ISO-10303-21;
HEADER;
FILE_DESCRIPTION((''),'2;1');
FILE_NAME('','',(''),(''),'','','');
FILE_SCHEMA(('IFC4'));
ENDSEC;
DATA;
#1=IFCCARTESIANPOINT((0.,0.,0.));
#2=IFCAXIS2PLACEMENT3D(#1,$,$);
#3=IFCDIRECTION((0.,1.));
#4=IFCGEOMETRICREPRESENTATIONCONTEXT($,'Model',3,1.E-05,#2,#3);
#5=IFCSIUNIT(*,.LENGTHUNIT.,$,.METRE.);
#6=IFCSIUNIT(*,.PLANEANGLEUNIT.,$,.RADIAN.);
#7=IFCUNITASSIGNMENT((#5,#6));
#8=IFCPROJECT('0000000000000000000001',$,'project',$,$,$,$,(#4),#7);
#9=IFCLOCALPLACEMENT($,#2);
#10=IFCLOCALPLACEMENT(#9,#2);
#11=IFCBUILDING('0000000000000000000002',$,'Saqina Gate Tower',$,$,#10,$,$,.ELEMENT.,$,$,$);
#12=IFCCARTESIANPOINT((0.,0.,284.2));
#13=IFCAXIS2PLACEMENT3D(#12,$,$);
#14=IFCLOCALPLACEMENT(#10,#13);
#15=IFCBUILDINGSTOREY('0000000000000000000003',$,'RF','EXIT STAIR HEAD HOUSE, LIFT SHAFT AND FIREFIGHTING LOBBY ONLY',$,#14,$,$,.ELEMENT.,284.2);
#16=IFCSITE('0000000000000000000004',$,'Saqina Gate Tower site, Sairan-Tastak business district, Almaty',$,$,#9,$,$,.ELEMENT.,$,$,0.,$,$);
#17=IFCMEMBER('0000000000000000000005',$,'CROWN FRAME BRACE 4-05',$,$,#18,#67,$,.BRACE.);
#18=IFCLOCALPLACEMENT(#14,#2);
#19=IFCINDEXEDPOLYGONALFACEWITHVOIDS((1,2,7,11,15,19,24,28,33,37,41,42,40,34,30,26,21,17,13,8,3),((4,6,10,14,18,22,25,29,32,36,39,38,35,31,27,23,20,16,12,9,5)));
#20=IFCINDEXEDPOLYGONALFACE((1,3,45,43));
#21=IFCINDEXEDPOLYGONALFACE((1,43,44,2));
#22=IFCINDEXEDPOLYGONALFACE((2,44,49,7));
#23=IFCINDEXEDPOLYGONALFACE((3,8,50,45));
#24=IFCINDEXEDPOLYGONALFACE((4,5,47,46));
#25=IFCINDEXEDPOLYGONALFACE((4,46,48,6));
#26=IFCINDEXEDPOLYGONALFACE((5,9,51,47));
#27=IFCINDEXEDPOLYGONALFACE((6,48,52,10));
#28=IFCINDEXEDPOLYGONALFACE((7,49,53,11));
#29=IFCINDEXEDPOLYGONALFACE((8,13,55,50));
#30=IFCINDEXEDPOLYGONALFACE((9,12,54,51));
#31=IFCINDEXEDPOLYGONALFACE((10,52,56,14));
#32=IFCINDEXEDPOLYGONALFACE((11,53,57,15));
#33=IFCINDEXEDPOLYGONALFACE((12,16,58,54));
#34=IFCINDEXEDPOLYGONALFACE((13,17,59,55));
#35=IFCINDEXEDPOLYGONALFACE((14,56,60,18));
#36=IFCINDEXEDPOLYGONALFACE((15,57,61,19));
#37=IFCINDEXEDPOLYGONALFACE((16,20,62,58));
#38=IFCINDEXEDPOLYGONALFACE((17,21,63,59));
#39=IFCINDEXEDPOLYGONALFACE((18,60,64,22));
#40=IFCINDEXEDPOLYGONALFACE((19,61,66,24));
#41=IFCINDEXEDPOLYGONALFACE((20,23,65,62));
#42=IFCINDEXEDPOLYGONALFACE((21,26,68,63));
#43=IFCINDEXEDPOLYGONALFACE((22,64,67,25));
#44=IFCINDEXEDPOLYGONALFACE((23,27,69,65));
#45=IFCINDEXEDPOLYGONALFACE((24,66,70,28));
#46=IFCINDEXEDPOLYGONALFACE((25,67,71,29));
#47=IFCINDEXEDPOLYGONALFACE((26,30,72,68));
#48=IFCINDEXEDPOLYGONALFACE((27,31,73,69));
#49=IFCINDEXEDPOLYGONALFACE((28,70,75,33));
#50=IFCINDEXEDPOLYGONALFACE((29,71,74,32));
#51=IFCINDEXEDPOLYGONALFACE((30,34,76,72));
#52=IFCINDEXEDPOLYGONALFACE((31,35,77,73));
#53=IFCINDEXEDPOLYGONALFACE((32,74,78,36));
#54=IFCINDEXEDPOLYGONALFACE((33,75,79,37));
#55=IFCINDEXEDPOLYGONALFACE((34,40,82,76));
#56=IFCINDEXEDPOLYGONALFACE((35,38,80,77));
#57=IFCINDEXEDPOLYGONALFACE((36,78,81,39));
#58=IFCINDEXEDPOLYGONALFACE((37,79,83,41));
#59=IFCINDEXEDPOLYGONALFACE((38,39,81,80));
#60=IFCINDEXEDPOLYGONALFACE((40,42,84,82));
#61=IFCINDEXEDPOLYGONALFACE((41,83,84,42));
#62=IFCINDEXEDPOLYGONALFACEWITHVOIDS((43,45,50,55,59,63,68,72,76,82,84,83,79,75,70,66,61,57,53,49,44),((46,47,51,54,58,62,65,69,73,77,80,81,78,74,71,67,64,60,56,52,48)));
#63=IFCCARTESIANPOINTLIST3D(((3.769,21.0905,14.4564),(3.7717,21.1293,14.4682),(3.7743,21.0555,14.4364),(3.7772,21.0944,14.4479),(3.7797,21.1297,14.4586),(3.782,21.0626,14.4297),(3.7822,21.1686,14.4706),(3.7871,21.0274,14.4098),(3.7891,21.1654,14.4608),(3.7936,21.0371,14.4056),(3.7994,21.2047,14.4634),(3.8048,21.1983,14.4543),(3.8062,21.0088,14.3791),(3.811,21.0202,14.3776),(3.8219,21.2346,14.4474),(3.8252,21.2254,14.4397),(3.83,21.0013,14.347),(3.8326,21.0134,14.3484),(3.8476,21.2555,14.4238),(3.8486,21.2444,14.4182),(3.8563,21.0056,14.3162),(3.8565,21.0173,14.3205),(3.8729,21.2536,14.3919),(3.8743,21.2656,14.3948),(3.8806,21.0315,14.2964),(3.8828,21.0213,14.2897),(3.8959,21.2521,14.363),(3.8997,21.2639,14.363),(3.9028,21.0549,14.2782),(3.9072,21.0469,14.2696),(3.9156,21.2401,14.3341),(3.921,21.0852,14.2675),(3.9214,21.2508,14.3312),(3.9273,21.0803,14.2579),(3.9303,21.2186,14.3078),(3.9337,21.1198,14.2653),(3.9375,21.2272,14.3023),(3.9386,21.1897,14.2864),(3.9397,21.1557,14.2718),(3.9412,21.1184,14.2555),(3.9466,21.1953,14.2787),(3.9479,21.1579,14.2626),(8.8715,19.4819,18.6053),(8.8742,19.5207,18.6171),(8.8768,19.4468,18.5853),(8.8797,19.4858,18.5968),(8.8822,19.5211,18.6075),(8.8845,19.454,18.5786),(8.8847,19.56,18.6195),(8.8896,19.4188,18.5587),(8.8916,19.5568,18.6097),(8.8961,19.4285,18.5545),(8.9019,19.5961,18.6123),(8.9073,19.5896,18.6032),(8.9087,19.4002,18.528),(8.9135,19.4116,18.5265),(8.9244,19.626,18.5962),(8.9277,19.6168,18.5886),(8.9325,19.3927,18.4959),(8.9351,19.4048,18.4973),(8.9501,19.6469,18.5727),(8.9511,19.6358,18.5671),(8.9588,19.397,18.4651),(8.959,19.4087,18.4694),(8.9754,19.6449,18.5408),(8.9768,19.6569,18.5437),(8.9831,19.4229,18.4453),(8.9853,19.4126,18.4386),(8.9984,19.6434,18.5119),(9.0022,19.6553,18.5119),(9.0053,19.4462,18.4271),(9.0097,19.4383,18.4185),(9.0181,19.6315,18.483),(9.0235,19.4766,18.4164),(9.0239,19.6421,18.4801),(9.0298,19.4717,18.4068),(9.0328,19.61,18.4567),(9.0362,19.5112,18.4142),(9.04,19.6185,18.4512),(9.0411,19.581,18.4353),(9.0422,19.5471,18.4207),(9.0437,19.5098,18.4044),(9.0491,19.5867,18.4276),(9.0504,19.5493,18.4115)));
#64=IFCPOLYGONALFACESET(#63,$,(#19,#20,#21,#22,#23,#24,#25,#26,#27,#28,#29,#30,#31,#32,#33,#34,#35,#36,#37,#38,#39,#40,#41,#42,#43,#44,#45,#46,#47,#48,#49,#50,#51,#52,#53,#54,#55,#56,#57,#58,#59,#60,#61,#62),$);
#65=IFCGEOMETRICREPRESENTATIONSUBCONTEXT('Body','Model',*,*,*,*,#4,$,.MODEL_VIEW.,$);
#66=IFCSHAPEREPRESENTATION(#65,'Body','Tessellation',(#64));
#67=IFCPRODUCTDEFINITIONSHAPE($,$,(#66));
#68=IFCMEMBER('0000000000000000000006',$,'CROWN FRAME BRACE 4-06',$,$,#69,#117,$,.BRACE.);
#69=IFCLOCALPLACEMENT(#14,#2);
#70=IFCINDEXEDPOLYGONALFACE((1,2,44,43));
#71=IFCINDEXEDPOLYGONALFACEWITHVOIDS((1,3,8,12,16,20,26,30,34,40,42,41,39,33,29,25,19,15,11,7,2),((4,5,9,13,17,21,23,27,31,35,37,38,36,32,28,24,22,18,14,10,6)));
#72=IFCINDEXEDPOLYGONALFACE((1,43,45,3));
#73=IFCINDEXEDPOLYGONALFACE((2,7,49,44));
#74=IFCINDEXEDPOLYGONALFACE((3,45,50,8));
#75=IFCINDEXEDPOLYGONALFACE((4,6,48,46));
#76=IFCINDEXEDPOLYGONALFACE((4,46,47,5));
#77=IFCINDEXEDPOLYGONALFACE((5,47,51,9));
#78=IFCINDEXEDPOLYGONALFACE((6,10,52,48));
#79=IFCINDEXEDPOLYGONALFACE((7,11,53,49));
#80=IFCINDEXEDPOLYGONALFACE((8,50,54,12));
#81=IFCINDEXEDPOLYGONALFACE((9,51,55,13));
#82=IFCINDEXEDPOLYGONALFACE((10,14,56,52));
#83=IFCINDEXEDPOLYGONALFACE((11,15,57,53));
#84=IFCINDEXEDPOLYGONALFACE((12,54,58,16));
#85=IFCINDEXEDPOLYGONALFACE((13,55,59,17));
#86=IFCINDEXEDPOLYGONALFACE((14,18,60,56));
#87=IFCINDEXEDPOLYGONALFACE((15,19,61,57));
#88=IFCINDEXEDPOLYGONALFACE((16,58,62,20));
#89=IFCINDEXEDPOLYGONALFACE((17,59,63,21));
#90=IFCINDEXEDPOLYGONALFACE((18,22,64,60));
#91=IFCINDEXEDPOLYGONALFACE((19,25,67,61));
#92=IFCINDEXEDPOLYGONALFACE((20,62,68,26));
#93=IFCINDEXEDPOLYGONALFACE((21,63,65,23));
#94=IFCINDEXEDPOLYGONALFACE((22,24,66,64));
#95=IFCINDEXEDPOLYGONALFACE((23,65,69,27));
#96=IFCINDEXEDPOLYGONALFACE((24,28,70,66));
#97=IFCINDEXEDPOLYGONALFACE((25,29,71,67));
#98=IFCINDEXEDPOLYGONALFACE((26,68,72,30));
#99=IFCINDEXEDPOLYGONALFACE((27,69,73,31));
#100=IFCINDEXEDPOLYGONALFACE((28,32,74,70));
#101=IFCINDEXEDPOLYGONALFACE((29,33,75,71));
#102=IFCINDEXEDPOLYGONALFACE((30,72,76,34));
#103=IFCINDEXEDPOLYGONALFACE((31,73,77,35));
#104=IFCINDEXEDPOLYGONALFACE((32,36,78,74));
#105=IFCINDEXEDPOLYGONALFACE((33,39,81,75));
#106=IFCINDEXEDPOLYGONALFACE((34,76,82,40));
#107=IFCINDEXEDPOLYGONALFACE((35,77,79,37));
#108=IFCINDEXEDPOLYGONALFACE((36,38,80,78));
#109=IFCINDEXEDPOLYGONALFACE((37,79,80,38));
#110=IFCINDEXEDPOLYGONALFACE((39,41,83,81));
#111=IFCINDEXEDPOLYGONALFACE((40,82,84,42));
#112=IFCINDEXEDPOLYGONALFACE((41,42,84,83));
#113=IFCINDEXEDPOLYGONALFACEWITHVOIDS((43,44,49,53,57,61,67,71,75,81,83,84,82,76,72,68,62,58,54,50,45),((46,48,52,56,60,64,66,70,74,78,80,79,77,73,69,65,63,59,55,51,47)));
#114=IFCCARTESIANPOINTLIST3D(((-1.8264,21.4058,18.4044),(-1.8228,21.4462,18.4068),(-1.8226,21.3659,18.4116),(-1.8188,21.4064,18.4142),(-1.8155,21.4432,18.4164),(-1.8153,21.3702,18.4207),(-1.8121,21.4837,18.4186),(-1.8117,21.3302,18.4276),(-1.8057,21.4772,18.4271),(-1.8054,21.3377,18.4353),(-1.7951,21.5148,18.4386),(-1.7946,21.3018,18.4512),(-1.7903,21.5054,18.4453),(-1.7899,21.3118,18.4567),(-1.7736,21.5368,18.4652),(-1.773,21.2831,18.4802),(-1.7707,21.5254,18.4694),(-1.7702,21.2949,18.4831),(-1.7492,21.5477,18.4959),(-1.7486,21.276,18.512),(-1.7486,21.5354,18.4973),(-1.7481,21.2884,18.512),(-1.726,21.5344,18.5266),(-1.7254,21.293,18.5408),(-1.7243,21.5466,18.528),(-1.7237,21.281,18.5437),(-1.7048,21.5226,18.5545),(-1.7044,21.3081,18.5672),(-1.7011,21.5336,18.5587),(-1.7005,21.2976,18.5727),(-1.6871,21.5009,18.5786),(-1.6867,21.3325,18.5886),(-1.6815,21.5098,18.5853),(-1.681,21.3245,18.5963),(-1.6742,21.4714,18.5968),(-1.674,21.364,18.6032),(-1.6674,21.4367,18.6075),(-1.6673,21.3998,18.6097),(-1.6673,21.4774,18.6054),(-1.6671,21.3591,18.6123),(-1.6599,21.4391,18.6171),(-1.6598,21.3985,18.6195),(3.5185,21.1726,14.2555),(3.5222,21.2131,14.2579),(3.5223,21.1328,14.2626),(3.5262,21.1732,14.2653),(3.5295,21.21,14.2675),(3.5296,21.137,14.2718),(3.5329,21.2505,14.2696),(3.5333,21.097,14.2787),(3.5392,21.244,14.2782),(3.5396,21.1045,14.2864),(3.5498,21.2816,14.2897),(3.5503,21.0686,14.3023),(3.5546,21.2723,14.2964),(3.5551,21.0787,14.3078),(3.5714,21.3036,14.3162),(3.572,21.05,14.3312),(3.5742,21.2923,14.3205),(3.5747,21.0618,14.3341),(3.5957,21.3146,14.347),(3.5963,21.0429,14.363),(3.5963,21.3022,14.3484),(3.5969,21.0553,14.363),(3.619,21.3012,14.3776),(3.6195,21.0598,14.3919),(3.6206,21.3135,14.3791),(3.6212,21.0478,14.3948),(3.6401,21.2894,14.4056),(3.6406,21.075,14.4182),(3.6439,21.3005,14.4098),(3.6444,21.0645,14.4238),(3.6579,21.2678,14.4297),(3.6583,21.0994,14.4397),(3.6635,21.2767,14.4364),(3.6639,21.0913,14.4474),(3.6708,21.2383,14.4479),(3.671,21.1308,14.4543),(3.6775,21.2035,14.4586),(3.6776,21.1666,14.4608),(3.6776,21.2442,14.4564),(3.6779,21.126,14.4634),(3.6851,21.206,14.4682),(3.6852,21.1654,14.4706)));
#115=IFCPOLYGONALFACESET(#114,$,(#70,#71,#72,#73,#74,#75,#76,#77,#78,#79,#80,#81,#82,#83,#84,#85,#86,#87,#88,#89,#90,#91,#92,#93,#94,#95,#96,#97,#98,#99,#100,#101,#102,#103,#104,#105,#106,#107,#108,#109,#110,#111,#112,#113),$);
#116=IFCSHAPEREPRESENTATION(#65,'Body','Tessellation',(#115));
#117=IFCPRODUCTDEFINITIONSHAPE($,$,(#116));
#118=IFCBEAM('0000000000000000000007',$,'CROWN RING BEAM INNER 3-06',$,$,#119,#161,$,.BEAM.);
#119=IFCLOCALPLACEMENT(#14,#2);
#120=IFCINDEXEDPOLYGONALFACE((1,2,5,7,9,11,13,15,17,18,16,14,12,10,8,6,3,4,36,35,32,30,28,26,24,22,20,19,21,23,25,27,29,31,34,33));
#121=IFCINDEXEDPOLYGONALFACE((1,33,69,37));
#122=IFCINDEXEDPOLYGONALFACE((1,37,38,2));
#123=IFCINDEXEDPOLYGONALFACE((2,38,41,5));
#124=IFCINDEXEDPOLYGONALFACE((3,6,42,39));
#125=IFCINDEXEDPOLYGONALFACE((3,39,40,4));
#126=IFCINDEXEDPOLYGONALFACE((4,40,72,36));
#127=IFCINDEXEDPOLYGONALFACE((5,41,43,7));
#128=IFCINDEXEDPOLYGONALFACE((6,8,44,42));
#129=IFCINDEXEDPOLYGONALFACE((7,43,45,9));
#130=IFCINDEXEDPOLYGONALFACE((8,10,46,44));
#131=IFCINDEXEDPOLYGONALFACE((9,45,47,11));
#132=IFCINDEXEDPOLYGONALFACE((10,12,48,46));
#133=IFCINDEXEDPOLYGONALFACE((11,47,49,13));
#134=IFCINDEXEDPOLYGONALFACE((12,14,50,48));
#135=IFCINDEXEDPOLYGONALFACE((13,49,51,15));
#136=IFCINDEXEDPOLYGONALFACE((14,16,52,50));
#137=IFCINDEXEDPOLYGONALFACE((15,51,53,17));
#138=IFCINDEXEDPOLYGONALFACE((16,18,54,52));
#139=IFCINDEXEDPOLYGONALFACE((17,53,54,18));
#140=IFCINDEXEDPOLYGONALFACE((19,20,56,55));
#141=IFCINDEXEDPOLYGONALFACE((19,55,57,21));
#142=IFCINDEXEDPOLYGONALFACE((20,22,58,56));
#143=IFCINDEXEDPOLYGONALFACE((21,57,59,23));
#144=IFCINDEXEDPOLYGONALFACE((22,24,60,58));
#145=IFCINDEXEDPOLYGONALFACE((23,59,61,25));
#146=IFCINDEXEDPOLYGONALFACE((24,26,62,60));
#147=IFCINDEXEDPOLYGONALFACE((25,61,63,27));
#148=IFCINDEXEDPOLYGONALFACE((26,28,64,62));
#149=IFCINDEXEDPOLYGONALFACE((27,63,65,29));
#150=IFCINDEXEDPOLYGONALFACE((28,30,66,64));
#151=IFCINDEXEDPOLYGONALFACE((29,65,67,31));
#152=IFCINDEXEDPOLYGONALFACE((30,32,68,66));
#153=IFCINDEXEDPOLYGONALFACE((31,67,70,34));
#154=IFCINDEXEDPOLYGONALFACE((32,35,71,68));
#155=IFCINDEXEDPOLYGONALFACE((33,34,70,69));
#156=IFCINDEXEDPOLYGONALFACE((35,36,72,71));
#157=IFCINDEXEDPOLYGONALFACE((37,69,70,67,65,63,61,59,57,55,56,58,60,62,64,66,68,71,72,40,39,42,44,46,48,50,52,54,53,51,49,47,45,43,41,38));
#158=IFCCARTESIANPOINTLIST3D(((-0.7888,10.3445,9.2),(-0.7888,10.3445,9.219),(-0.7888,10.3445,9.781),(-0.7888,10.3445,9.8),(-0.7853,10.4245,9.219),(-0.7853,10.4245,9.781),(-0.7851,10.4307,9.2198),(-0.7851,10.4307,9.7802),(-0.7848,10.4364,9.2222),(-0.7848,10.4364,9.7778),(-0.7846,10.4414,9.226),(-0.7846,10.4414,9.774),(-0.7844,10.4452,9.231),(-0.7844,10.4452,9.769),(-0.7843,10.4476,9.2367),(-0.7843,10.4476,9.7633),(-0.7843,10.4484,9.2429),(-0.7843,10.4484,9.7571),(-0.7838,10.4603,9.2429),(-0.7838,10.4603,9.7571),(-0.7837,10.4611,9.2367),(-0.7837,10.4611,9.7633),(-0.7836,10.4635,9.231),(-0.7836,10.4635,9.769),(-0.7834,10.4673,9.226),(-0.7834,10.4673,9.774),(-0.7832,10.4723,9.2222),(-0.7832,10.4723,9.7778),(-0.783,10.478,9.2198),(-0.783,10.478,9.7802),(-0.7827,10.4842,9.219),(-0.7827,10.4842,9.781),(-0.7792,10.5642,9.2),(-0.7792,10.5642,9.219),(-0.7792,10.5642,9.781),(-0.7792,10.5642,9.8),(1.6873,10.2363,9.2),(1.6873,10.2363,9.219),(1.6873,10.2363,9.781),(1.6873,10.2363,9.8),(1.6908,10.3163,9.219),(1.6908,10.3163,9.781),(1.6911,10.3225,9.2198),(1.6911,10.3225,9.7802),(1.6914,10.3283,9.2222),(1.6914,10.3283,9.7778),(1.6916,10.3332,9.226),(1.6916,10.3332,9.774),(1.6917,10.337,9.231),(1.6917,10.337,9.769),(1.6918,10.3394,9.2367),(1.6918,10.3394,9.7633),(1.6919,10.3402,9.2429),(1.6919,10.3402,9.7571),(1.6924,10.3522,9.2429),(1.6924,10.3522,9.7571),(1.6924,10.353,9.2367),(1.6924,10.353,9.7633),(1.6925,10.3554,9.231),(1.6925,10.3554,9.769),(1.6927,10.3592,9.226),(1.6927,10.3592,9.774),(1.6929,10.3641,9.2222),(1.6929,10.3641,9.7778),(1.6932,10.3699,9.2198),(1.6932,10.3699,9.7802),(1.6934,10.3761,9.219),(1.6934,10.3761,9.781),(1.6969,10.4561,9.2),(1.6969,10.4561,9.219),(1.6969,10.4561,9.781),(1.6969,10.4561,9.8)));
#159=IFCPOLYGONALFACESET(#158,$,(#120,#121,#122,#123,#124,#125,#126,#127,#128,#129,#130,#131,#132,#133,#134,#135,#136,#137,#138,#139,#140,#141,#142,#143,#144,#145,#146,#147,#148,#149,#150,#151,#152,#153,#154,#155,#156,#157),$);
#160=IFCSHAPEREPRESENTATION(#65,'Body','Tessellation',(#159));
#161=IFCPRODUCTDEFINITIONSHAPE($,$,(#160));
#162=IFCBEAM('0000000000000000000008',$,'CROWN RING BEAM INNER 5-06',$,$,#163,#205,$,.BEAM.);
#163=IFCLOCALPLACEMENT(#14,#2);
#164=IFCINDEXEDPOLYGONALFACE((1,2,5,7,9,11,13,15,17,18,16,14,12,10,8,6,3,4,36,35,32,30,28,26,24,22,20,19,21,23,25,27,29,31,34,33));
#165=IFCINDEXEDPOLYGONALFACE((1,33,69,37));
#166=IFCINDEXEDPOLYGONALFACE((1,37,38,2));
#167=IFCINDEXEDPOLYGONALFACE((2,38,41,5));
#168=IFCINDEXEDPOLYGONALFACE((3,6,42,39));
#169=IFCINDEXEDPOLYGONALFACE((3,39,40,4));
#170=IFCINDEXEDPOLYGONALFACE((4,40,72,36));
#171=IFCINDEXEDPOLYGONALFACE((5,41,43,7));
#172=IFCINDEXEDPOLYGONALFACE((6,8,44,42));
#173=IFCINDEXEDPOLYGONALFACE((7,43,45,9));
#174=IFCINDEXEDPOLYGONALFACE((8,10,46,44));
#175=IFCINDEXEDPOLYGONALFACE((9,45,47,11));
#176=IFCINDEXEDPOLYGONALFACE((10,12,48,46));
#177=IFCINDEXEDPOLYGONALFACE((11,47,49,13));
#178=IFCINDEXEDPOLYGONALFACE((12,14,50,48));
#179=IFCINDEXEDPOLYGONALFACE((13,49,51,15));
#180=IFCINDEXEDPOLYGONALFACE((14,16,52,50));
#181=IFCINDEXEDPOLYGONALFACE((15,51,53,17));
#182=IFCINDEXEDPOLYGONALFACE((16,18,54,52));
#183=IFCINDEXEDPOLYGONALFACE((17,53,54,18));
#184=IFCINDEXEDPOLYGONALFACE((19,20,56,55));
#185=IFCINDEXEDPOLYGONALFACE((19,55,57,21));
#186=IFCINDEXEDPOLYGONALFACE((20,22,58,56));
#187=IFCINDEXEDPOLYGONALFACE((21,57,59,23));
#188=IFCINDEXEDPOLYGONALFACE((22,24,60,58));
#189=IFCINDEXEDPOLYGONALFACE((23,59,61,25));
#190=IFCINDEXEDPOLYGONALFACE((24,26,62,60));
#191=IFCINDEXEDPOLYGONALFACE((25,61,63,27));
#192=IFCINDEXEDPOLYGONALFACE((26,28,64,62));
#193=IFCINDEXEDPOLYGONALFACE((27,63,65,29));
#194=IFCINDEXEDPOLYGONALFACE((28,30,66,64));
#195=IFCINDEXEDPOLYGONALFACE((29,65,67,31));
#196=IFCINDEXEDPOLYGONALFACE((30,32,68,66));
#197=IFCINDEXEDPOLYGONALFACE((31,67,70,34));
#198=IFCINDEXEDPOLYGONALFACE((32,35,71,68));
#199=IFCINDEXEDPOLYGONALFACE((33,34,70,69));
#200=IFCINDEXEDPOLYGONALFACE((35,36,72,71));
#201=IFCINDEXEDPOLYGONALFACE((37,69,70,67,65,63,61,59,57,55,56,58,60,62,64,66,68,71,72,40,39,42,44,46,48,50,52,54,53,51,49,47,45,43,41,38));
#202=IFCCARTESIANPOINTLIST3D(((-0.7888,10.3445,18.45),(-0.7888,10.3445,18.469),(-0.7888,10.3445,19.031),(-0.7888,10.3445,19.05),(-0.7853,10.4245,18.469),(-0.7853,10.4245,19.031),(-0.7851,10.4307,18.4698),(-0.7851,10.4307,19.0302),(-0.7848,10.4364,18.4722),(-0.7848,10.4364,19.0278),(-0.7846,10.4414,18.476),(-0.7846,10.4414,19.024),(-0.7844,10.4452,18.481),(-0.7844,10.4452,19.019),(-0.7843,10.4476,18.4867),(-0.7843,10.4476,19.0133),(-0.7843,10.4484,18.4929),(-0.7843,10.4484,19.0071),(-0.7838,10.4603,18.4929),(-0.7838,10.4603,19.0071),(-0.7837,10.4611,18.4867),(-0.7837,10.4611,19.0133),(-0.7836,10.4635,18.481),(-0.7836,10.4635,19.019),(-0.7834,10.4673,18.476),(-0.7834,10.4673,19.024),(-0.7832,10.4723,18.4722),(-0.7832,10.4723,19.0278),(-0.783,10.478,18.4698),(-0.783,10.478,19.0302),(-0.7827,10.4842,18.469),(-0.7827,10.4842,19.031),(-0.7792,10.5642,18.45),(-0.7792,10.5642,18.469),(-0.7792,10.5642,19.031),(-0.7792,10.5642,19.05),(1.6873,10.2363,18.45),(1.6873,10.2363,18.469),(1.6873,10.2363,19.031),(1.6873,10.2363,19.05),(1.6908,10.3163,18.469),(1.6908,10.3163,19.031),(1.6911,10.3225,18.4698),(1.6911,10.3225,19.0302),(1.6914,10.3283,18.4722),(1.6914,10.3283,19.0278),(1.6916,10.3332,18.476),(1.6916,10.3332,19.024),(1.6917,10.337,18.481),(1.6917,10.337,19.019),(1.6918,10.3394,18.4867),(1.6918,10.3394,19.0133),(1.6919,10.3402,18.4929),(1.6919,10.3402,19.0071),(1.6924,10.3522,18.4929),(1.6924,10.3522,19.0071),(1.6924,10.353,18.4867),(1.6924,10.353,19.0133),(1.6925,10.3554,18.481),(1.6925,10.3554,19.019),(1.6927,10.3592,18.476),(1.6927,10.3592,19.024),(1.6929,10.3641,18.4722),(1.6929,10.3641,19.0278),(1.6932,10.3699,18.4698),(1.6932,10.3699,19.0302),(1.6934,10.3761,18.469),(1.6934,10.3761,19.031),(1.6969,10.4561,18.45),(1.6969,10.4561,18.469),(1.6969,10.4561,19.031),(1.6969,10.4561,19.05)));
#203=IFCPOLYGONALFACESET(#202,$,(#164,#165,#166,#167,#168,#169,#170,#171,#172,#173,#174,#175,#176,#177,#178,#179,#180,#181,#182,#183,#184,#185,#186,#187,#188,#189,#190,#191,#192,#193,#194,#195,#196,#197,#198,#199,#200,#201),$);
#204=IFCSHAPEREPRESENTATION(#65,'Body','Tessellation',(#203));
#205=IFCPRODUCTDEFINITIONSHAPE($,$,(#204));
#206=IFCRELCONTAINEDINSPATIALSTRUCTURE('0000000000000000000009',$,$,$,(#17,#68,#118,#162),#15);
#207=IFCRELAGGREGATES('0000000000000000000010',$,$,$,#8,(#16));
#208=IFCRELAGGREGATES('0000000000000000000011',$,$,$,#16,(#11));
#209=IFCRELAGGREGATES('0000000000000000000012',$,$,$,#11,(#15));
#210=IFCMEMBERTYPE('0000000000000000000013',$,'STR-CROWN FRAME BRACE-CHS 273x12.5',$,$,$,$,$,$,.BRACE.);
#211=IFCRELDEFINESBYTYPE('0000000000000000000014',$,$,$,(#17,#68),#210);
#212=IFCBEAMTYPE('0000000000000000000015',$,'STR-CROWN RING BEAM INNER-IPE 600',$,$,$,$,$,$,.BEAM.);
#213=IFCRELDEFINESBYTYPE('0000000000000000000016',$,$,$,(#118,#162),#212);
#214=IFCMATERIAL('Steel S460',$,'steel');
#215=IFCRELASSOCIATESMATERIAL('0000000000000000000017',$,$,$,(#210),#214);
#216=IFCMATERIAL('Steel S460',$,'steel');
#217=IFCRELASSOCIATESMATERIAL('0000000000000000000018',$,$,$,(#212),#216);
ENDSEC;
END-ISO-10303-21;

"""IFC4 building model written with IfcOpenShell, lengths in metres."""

from ifc_helpers import new_model, si_unit, direction, frame, origin, origin_2d, place, context, subcontext, project, spatial, hollow_circle, i_section, extrude, material, material_profile, profile_set, type_object, element, save


model = new_model("IFC4")

# Units and contexts
model_context = context("Model", 3, precision=1e-05, world=origin(), true_north=direction((0.0, 1.0)))
body_context = subcontext(model_context, "Body", "Model", "MODEL_VIEW")
ifc_project = project(units=[si_unit("LENGTHUNIT", "METRE"), si_unit("PLANEANGLEUNIT", "RADIAN")], contexts=[model_context])

# Site, building, storey
site_placement = place(None, origin())
site = spatial("IfcSite", under=ifc_project, at=site_placement, Name="Saqina Gate Tower site, Sairan-Tastak business district, Almaty", CompositionType="ELEMENT", RefElevation=0.0)
building_placement = place(site_placement, origin())
building = spatial("IfcBuilding", under=site, at=building_placement, Name="Saqina Gate Tower", CompositionType="ELEMENT")
storey_placement = place(building_placement, frame((0.0, 0.0, 284.2)))
storey = spatial("IfcBuildingStorey", under=building, at=storey_placement, Name="RF", Description="EXIT STAIR HEAD HOUSE, LIFT SHAFT AND FIREFIGHTING LOBBY ONLY", CompositionType="ELEMENT", Elevation=284.2)

# Members
ifc_material_1 = material(Name="Steel S460", Category="steel")
ifc_material_profile_1 = material_profile(ifc_material_1, hollow_circle(Radius=0.1365, WallThickness=0.0125, at=origin_2d()), Name="CHS 273x12.5")
ifc_profile_set_1 = profile_set([ifc_material_profile_1], Name="Steel S460")
member_type = type_object("IfcMemberType", Name="STR-CROWN FRAME BRACE-CHS 273x12.5", PredefinedType="BRACE", material=ifc_profile_set_1)
for number, where, z_axis, x_axis, name in (
    (1, (3.8586, 21.1338, 14.363), (0.753663, -0.237602, 0.612811), (0.300675, 0.953727, 0.0), "CROWN FRAME BRACE 4-05"),
    (2, (3.6023, 21.1792, 14.363), (-0.789476, 0.034438, 0.612815), (-0.04358, -0.99905, 0.0), "CROWN FRAME BRACE 4-06"),
):
    element("IfcMember", number, at=place(storey_placement, frame(where, z_axis=z_axis, x_axis=x_axis)), inside=storey, type_object=member_type, Name=name, PredefinedType="BRACE", context=body_context, shape_type="SweptSolid", body=[
        extrude(hollow_circle(Radius=0.1365, WallThickness=0.0125, at=origin_2d()), origin(), (0.0, 0.0, 1.0), 6.7703),
    ])

# Beams
ifc_material_2 = material(Name="Steel S460", Category="steel")
ifc_material_profile_2 = material_profile(ifc_material_2, i_section(OverallWidth=0.22, OverallDepth=0.6001, WebThickness=0.012, FlangeThickness=0.019, FilletRadius=0.0239, at=origin_2d()), Name="IPE 600")
ifc_profile_set_2 = profile_set([ifc_material_profile_2], Name="Steel S460")
beam_type_1 = type_object("IfcBeamType", Name="STR-CROWN RING BEAM INNER-IPE 600", PredefinedType="BEAM", material=ifc_profile_set_2)
for number, where, z_axis, x_axis, name in (
    (3, (1.6921, 10.3462, 9.5), (-0.999047, 0.043638, 0.0), (-0.043638, -0.999047, 0.0), "CROWN RING BEAM INNER 3-06"),
    (4, (1.6921, 10.3462, 18.75), (-0.999047, 0.043638, 0.0), (-0.043638, -0.999047, 0.0), "CROWN RING BEAM INNER 5-06"),
):
    element("IfcBeam", number, at=place(storey_placement, frame(where, z_axis=z_axis, x_axis=x_axis)), inside=storey, type_object=beam_type_1, Name=name, PredefinedType="BEAM", context=body_context, shape_type="SweptSolid", body=[
        extrude(i_section(OverallWidth=0.22, OverallDepth=0.6001, WebThickness=0.012, FlangeThickness=0.019, FilletRadius=0.0239, at=origin_2d()), origin(), (0.0, 0.0, 1.0), 2.4785),
    ])

save(model, "model.ifc")
